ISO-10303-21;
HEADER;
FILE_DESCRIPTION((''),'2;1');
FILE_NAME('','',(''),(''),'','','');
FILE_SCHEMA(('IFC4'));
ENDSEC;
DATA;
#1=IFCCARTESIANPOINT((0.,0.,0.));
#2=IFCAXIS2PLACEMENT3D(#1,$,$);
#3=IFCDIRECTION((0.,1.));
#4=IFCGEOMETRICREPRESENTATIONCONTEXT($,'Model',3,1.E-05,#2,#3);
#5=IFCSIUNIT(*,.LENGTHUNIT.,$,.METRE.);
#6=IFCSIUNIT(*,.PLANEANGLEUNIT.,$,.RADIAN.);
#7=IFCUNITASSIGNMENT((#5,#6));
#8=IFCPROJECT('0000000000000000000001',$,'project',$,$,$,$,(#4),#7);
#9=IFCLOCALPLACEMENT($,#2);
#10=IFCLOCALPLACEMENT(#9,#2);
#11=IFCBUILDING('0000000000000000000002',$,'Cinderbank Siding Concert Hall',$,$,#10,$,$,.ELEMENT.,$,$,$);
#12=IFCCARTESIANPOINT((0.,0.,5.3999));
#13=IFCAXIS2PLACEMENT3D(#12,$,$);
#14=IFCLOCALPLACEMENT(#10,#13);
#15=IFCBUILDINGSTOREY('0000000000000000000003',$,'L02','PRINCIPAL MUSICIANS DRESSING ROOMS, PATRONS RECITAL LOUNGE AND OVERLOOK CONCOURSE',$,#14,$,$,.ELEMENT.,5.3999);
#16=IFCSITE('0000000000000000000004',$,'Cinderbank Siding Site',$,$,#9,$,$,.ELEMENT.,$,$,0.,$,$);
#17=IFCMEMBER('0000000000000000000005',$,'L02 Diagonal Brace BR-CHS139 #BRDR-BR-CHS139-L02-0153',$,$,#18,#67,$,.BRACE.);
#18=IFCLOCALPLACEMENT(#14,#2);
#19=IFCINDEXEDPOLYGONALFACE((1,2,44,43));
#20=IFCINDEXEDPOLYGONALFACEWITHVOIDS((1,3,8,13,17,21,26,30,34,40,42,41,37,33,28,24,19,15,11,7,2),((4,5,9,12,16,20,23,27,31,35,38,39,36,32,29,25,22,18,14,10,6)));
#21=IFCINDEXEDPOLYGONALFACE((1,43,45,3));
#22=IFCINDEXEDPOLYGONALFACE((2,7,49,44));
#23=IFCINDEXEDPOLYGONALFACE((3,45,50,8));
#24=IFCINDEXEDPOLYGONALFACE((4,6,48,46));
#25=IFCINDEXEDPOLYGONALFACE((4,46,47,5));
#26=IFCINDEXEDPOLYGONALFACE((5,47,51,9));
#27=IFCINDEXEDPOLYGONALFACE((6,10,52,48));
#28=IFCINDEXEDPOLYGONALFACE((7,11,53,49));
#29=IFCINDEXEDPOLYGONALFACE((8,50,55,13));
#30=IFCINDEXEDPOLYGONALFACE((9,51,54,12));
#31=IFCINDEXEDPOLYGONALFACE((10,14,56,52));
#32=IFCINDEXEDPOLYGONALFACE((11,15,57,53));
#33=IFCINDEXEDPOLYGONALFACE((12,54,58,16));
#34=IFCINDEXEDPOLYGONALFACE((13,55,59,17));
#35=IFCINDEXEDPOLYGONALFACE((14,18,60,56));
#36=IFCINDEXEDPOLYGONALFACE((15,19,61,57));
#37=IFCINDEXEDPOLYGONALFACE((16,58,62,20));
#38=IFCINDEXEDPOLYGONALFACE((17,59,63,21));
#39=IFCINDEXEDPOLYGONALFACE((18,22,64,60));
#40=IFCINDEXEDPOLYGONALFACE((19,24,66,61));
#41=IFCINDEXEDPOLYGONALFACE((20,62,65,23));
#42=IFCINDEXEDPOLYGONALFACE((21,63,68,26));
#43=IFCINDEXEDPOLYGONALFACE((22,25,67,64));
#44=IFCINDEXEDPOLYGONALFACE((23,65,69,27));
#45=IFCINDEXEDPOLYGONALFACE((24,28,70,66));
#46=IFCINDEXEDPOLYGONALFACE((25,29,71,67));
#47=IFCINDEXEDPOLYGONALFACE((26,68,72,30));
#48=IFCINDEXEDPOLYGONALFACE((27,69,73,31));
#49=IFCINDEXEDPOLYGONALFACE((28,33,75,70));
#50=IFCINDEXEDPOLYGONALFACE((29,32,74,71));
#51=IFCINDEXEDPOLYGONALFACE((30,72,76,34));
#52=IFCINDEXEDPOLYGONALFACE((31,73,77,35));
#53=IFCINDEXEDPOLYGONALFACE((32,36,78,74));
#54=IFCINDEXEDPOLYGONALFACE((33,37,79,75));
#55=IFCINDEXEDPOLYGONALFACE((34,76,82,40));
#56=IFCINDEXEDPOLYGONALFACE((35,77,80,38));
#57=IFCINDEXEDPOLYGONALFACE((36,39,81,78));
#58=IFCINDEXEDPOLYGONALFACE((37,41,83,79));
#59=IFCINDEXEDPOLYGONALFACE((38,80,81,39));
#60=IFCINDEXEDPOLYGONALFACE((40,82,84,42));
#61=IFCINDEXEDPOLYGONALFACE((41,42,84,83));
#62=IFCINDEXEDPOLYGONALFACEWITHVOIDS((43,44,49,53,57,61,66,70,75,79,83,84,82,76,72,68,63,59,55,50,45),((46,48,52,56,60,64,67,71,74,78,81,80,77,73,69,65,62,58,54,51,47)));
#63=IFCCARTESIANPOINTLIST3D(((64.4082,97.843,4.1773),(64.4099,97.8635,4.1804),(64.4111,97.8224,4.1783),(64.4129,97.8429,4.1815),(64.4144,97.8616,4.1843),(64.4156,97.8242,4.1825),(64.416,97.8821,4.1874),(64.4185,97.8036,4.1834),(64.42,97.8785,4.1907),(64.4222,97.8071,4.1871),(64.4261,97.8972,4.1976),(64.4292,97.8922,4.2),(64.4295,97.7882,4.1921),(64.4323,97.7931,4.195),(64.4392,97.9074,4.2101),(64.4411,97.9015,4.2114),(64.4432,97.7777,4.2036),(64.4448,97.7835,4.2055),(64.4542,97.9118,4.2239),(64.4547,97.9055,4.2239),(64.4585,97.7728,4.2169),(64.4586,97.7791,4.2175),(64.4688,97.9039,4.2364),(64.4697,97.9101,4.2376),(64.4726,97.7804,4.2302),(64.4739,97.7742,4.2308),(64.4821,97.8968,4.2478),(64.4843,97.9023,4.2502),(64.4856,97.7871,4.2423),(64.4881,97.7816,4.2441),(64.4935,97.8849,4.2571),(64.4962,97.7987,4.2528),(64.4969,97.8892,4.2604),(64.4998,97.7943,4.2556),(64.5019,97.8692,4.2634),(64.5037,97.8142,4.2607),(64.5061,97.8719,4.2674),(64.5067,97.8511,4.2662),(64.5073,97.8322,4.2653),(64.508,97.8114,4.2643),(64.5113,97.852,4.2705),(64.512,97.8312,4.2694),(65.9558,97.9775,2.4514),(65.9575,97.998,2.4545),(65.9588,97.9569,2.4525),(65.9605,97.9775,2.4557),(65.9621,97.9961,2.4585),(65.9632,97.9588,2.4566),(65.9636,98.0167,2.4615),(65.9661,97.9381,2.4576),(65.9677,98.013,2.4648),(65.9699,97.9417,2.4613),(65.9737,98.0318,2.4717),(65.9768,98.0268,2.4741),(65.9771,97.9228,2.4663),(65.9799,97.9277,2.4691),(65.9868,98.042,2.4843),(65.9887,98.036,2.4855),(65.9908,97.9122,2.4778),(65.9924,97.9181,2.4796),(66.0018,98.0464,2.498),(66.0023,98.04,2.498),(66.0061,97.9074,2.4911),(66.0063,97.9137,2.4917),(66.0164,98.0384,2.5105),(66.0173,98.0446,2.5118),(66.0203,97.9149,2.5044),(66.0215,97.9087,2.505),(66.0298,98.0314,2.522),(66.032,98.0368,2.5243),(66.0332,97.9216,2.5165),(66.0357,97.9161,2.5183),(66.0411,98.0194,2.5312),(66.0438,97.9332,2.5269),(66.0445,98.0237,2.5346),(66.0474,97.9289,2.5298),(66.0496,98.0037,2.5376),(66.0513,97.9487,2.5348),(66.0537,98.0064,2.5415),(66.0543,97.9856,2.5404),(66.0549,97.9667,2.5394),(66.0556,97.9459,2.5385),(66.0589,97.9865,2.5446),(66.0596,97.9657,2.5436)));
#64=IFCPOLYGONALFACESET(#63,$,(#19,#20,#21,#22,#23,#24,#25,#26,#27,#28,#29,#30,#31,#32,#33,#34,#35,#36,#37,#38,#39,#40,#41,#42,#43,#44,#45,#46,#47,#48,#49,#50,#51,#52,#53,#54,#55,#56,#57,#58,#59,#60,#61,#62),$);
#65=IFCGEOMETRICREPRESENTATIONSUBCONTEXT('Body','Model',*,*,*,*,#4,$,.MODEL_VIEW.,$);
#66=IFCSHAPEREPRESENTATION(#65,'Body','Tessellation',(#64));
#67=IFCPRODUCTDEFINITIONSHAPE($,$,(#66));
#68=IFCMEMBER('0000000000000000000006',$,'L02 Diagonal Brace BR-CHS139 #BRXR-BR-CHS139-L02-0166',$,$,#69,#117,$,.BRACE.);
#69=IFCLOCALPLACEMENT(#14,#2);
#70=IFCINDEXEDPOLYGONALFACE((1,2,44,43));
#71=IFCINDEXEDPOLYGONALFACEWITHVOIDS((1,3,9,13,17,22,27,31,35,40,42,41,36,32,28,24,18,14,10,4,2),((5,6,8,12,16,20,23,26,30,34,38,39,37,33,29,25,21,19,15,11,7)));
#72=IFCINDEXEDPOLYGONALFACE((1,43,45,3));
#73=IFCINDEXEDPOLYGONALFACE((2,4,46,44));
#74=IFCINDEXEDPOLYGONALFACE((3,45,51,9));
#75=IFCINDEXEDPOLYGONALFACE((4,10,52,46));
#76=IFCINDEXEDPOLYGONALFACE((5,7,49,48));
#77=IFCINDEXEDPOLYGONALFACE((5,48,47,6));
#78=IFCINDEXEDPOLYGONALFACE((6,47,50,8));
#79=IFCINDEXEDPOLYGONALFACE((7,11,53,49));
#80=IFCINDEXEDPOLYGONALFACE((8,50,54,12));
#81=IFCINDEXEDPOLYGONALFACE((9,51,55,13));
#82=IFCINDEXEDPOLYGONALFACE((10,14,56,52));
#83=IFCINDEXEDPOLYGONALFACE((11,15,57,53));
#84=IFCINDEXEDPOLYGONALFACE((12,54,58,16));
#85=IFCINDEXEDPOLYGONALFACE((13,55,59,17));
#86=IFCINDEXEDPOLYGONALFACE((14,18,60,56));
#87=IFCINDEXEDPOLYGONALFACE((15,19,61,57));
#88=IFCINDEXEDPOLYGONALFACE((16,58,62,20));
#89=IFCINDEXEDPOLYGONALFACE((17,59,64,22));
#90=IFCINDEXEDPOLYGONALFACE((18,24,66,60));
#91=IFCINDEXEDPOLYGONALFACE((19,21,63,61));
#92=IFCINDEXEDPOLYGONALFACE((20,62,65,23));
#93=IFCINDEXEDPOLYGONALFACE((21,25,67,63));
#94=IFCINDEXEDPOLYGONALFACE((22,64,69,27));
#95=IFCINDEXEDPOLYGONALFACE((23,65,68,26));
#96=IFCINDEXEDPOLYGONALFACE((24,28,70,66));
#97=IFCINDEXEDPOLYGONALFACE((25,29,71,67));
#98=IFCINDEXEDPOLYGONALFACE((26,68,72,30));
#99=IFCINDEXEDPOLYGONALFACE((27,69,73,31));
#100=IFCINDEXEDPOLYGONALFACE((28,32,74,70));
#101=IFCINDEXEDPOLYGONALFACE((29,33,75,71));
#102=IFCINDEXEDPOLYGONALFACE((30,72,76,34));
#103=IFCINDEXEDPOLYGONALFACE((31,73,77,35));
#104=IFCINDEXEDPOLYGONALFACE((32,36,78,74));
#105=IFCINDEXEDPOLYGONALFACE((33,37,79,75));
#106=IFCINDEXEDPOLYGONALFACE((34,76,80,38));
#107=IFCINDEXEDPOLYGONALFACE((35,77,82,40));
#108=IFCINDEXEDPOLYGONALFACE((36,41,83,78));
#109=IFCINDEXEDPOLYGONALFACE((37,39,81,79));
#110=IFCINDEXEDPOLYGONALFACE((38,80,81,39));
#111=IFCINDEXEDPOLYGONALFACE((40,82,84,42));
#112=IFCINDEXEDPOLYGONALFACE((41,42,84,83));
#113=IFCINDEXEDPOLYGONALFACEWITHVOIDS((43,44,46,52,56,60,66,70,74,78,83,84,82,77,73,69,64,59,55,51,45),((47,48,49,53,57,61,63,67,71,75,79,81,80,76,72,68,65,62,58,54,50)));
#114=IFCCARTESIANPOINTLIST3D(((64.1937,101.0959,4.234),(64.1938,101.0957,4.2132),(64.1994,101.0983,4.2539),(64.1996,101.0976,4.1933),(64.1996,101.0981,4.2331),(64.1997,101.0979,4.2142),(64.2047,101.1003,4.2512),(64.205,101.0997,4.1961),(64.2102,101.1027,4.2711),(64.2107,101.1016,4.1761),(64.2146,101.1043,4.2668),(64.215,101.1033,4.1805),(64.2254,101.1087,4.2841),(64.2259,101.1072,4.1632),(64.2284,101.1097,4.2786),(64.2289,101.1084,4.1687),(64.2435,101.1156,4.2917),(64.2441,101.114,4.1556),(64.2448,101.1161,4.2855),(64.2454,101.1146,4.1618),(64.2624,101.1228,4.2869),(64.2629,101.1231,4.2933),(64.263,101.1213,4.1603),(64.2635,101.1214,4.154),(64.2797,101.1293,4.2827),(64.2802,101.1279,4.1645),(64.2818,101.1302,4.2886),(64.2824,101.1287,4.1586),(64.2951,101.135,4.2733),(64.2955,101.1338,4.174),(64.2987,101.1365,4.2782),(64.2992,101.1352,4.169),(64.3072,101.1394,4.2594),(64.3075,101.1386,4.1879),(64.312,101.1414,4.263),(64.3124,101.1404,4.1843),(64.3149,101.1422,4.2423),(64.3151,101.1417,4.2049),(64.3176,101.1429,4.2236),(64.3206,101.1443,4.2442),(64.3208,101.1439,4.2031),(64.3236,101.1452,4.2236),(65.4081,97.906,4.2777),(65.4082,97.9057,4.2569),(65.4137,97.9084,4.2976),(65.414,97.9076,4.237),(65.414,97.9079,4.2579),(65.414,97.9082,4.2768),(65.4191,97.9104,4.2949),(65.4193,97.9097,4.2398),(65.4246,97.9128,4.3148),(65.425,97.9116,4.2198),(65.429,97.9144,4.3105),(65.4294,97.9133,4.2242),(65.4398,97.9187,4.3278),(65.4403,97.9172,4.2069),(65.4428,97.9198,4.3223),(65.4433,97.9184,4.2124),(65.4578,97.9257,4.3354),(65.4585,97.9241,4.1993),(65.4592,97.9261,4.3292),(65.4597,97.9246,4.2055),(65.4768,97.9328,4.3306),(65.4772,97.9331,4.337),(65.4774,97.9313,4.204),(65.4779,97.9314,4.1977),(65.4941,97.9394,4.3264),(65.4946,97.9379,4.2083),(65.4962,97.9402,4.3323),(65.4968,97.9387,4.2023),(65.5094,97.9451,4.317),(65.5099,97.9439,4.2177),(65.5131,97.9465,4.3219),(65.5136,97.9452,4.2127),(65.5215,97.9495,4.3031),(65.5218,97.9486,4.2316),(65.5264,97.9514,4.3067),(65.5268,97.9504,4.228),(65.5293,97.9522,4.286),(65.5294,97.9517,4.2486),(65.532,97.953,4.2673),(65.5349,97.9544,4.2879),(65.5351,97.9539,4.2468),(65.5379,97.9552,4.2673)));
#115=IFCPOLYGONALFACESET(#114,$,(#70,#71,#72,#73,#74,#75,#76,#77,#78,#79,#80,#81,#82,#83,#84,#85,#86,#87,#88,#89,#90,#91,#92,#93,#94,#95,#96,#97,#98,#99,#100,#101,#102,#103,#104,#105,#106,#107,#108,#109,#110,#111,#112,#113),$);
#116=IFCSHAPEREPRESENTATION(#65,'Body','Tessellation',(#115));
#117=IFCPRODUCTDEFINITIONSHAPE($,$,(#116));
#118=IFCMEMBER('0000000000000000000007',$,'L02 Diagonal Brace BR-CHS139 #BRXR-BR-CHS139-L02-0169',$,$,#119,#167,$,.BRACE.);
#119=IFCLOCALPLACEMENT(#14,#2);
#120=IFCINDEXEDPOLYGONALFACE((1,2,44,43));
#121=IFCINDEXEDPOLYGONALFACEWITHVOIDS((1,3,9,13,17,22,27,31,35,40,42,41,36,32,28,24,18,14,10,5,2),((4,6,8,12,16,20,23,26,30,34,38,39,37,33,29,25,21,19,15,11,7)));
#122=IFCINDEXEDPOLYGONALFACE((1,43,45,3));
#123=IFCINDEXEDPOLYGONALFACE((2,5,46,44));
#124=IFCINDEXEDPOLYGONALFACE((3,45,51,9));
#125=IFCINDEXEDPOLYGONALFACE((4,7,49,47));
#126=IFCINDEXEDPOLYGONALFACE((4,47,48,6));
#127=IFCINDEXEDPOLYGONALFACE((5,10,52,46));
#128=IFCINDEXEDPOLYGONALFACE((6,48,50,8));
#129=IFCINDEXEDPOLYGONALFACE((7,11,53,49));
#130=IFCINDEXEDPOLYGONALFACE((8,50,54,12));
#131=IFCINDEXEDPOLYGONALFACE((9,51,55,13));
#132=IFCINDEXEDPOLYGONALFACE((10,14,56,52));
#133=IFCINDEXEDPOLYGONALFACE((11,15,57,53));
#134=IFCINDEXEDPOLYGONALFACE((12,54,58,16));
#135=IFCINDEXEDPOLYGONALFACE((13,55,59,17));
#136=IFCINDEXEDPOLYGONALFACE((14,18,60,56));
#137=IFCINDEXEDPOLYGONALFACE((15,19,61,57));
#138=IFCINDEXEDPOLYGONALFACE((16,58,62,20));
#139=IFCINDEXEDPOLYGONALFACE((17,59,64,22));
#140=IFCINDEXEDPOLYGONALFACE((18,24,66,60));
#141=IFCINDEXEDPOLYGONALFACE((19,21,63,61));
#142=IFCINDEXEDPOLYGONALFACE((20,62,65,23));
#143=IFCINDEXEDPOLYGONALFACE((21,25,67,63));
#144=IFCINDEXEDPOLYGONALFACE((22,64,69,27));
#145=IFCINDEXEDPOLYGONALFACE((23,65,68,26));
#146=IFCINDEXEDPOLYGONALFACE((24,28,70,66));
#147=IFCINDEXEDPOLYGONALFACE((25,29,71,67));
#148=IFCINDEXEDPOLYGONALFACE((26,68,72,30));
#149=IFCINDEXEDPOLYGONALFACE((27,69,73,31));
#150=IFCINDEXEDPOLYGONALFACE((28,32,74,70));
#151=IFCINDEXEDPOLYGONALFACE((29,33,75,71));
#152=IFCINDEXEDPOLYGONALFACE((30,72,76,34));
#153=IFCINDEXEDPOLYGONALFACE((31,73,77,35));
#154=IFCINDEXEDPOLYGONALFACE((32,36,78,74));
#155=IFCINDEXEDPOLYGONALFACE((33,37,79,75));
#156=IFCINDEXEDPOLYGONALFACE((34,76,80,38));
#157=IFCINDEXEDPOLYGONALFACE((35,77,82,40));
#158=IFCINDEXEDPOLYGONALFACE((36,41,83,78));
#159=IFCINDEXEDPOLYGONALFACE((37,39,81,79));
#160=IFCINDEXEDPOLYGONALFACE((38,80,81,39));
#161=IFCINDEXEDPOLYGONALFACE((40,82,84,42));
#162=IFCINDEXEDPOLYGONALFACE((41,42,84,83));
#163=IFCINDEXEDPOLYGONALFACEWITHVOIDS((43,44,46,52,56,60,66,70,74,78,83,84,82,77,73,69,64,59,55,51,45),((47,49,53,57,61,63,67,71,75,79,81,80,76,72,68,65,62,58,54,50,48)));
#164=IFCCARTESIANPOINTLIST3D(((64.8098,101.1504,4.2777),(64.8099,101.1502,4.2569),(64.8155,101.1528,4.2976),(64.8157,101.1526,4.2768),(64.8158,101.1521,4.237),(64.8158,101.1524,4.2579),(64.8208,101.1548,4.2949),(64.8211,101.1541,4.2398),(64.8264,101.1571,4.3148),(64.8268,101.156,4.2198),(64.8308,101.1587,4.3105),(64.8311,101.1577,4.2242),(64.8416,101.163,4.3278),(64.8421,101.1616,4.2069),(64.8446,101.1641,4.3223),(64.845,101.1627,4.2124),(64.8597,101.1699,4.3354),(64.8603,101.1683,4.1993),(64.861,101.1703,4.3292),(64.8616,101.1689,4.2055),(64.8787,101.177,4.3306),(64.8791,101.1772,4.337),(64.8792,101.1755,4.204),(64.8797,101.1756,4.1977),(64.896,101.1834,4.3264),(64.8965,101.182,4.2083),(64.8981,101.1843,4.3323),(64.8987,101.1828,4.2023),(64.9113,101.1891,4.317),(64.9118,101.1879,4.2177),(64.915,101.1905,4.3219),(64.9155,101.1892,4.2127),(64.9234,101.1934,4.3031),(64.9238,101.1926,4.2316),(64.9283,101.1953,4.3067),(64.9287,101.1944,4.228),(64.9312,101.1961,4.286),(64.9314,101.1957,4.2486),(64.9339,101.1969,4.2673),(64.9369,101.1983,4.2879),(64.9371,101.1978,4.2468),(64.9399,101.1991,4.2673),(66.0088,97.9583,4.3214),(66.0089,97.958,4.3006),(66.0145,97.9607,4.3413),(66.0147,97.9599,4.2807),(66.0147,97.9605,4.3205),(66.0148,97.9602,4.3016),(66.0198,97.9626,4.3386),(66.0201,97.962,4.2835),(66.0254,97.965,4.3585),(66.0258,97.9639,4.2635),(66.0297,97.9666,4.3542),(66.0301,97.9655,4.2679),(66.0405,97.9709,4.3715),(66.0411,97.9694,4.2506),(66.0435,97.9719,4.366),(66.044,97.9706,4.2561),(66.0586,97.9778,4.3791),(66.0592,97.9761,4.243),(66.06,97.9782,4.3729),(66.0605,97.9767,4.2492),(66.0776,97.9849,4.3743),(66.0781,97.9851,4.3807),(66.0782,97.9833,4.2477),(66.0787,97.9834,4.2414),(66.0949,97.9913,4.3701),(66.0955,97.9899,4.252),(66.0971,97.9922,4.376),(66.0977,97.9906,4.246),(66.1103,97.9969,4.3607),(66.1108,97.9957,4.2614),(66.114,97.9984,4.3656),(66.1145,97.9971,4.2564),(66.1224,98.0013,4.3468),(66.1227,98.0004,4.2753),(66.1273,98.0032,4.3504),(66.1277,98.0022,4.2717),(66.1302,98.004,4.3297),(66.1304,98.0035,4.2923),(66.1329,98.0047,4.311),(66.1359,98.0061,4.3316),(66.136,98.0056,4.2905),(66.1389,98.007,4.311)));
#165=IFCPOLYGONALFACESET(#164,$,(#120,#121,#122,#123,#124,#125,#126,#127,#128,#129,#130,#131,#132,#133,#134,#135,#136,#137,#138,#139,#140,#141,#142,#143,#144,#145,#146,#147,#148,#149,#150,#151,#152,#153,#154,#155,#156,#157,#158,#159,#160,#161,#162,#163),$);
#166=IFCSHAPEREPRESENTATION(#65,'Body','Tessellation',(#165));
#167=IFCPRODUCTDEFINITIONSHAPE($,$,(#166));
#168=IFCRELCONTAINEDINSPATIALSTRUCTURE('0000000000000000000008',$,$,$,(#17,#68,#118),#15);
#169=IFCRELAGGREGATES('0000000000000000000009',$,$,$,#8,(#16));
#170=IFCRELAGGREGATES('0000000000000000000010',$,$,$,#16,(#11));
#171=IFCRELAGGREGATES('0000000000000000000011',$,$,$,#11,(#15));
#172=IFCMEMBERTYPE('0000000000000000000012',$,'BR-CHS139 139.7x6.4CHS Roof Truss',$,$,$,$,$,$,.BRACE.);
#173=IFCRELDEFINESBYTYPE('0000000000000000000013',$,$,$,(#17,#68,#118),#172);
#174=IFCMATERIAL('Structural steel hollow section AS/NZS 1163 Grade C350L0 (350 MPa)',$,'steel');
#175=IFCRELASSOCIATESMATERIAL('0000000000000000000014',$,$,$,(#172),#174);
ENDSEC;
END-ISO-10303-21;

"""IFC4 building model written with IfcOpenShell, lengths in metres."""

from ifc_helpers import new_model, si_unit, direction, frame, origin, origin_2d, place, context, subcontext, project, spatial, hollow_circle, extrude, material, material_profile, profile_set, type_object, element, save


model = new_model("IFC4")

# Units and contexts
model_context = context("Model", 3, precision=1e-05, world=origin(), true_north=direction((0.0, 1.0)))
body_context = subcontext(model_context, "Body", "Model", "MODEL_VIEW")
ifc_project = project(units=[si_unit("LENGTHUNIT", "METRE"), si_unit("PLANEANGLEUNIT", "RADIAN")], contexts=[model_context])

# Site, building, storey
site_placement = place(None, origin())
site = spatial("IfcSite", under=ifc_project, at=site_placement, Name="Cinderbank Siding Site", CompositionType="ELEMENT", RefElevation=0.0)
building_placement = place(site_placement, origin())
building = spatial("IfcBuilding", under=site, at=building_placement, Name="Cinderbank Siding Concert Hall", CompositionType="ELEMENT")
storey_placement = place(building_placement, frame((0.0, 0.0, 5.3999)))
storey = spatial("IfcBuildingStorey", under=building, at=storey_placement, Name="L02", Description="PRINCIPAL MUSICIANS DRESSING ROOMS, PATRONS RECITAL LOUNGE AND OVERLOOK CONCOURSE", CompositionType="ELEMENT", Elevation=5.3999)

# Members
ifc_material_1 = material(Name="Structural steel hollow section AS/NZS 1163 Grade C350L0 (350 MPa)", Category="steel")
ifc_material_profile_1 = material_profile(ifc_material_1, hollow_circle(Radius=0.0698, WallThickness=0.0063, at=origin_2d()), Name="139.7x6.4CHS", Category="LoadBearing")
ifc_profile_set_1 = profile_set([ifc_material_profile_1], Name="Structural steel hollow section AS/NZS 1163 Grade C350L0 (350 MPa)")
member_type_1 = type_object("IfcMemberType", Name="BR-CHS139 139.7x6.4CHS Roof Truss", PredefinedType="BRACE", material=ifc_profile_set_1)
member_1_placement = place(storey_placement, frame((64.4602, 97.8423, 4.2239), z_axis=(0.666498, 0.057934, -0.743252), x_axis=(-0.086596, 0.996244, 0.0)))
element("IfcMember", 1, at=member_1_placement, inside=storey, type_object=member_type_1, Name="L02 Diagonal Brace BR-CHS139 #BRDR-BR-CHS139-L02-0153", PredefinedType="BRACE", context=body_context, shape_type="SweptSolid", body=[
    extrude(hollow_circle(Radius=0.0698, WallThickness=0.0063, at=origin_2d()), origin(), (0.0, 0.0, 1.0), 2.322),
])
member_2_placement = place(storey_placement, frame((64.2583, 101.1204, 4.2236), z_axis=(0.355746, -0.934495, 0.012802), x_axis=(0.934572, 0.355775, 0.0)))
element("IfcMember", 2, at=member_2_placement, inside=storey, type_object=member_type_1, Name="L02 Diagonal Brace BR-CHS139 #BRXR-BR-CHS139-L02-0166", PredefinedType="BRACE", context=body_context, shape_type="SweptSolid", body=[
    extrude(hollow_circle(Radius=0.0698, WallThickness=0.0063, at=origin_2d()), origin(), (0.0, 0.0, 1.0), 3.4136),
])
member_3_placement = place(storey_placement, frame((64.8745, 101.1746, 4.2673), z_axis=(0.351589, -0.936067, 0.012815), x_axis=(0.936144, 0.351618, 0.0)))
element("IfcMember", 3, at=member_3_placement, inside=storey, type_object=member_type_1, Name="L02 Diagonal Brace BR-CHS139 #BRXR-BR-CHS139-L02-0169", PredefinedType="BRACE", context=body_context, shape_type="SweptSolid", body=[
    extrude(hollow_circle(Radius=0.0698, WallThickness=0.0063, at=origin_2d()), origin(), (0.0, 0.0, 1.0), 3.4102),
])

save(model, "model.ifc")
